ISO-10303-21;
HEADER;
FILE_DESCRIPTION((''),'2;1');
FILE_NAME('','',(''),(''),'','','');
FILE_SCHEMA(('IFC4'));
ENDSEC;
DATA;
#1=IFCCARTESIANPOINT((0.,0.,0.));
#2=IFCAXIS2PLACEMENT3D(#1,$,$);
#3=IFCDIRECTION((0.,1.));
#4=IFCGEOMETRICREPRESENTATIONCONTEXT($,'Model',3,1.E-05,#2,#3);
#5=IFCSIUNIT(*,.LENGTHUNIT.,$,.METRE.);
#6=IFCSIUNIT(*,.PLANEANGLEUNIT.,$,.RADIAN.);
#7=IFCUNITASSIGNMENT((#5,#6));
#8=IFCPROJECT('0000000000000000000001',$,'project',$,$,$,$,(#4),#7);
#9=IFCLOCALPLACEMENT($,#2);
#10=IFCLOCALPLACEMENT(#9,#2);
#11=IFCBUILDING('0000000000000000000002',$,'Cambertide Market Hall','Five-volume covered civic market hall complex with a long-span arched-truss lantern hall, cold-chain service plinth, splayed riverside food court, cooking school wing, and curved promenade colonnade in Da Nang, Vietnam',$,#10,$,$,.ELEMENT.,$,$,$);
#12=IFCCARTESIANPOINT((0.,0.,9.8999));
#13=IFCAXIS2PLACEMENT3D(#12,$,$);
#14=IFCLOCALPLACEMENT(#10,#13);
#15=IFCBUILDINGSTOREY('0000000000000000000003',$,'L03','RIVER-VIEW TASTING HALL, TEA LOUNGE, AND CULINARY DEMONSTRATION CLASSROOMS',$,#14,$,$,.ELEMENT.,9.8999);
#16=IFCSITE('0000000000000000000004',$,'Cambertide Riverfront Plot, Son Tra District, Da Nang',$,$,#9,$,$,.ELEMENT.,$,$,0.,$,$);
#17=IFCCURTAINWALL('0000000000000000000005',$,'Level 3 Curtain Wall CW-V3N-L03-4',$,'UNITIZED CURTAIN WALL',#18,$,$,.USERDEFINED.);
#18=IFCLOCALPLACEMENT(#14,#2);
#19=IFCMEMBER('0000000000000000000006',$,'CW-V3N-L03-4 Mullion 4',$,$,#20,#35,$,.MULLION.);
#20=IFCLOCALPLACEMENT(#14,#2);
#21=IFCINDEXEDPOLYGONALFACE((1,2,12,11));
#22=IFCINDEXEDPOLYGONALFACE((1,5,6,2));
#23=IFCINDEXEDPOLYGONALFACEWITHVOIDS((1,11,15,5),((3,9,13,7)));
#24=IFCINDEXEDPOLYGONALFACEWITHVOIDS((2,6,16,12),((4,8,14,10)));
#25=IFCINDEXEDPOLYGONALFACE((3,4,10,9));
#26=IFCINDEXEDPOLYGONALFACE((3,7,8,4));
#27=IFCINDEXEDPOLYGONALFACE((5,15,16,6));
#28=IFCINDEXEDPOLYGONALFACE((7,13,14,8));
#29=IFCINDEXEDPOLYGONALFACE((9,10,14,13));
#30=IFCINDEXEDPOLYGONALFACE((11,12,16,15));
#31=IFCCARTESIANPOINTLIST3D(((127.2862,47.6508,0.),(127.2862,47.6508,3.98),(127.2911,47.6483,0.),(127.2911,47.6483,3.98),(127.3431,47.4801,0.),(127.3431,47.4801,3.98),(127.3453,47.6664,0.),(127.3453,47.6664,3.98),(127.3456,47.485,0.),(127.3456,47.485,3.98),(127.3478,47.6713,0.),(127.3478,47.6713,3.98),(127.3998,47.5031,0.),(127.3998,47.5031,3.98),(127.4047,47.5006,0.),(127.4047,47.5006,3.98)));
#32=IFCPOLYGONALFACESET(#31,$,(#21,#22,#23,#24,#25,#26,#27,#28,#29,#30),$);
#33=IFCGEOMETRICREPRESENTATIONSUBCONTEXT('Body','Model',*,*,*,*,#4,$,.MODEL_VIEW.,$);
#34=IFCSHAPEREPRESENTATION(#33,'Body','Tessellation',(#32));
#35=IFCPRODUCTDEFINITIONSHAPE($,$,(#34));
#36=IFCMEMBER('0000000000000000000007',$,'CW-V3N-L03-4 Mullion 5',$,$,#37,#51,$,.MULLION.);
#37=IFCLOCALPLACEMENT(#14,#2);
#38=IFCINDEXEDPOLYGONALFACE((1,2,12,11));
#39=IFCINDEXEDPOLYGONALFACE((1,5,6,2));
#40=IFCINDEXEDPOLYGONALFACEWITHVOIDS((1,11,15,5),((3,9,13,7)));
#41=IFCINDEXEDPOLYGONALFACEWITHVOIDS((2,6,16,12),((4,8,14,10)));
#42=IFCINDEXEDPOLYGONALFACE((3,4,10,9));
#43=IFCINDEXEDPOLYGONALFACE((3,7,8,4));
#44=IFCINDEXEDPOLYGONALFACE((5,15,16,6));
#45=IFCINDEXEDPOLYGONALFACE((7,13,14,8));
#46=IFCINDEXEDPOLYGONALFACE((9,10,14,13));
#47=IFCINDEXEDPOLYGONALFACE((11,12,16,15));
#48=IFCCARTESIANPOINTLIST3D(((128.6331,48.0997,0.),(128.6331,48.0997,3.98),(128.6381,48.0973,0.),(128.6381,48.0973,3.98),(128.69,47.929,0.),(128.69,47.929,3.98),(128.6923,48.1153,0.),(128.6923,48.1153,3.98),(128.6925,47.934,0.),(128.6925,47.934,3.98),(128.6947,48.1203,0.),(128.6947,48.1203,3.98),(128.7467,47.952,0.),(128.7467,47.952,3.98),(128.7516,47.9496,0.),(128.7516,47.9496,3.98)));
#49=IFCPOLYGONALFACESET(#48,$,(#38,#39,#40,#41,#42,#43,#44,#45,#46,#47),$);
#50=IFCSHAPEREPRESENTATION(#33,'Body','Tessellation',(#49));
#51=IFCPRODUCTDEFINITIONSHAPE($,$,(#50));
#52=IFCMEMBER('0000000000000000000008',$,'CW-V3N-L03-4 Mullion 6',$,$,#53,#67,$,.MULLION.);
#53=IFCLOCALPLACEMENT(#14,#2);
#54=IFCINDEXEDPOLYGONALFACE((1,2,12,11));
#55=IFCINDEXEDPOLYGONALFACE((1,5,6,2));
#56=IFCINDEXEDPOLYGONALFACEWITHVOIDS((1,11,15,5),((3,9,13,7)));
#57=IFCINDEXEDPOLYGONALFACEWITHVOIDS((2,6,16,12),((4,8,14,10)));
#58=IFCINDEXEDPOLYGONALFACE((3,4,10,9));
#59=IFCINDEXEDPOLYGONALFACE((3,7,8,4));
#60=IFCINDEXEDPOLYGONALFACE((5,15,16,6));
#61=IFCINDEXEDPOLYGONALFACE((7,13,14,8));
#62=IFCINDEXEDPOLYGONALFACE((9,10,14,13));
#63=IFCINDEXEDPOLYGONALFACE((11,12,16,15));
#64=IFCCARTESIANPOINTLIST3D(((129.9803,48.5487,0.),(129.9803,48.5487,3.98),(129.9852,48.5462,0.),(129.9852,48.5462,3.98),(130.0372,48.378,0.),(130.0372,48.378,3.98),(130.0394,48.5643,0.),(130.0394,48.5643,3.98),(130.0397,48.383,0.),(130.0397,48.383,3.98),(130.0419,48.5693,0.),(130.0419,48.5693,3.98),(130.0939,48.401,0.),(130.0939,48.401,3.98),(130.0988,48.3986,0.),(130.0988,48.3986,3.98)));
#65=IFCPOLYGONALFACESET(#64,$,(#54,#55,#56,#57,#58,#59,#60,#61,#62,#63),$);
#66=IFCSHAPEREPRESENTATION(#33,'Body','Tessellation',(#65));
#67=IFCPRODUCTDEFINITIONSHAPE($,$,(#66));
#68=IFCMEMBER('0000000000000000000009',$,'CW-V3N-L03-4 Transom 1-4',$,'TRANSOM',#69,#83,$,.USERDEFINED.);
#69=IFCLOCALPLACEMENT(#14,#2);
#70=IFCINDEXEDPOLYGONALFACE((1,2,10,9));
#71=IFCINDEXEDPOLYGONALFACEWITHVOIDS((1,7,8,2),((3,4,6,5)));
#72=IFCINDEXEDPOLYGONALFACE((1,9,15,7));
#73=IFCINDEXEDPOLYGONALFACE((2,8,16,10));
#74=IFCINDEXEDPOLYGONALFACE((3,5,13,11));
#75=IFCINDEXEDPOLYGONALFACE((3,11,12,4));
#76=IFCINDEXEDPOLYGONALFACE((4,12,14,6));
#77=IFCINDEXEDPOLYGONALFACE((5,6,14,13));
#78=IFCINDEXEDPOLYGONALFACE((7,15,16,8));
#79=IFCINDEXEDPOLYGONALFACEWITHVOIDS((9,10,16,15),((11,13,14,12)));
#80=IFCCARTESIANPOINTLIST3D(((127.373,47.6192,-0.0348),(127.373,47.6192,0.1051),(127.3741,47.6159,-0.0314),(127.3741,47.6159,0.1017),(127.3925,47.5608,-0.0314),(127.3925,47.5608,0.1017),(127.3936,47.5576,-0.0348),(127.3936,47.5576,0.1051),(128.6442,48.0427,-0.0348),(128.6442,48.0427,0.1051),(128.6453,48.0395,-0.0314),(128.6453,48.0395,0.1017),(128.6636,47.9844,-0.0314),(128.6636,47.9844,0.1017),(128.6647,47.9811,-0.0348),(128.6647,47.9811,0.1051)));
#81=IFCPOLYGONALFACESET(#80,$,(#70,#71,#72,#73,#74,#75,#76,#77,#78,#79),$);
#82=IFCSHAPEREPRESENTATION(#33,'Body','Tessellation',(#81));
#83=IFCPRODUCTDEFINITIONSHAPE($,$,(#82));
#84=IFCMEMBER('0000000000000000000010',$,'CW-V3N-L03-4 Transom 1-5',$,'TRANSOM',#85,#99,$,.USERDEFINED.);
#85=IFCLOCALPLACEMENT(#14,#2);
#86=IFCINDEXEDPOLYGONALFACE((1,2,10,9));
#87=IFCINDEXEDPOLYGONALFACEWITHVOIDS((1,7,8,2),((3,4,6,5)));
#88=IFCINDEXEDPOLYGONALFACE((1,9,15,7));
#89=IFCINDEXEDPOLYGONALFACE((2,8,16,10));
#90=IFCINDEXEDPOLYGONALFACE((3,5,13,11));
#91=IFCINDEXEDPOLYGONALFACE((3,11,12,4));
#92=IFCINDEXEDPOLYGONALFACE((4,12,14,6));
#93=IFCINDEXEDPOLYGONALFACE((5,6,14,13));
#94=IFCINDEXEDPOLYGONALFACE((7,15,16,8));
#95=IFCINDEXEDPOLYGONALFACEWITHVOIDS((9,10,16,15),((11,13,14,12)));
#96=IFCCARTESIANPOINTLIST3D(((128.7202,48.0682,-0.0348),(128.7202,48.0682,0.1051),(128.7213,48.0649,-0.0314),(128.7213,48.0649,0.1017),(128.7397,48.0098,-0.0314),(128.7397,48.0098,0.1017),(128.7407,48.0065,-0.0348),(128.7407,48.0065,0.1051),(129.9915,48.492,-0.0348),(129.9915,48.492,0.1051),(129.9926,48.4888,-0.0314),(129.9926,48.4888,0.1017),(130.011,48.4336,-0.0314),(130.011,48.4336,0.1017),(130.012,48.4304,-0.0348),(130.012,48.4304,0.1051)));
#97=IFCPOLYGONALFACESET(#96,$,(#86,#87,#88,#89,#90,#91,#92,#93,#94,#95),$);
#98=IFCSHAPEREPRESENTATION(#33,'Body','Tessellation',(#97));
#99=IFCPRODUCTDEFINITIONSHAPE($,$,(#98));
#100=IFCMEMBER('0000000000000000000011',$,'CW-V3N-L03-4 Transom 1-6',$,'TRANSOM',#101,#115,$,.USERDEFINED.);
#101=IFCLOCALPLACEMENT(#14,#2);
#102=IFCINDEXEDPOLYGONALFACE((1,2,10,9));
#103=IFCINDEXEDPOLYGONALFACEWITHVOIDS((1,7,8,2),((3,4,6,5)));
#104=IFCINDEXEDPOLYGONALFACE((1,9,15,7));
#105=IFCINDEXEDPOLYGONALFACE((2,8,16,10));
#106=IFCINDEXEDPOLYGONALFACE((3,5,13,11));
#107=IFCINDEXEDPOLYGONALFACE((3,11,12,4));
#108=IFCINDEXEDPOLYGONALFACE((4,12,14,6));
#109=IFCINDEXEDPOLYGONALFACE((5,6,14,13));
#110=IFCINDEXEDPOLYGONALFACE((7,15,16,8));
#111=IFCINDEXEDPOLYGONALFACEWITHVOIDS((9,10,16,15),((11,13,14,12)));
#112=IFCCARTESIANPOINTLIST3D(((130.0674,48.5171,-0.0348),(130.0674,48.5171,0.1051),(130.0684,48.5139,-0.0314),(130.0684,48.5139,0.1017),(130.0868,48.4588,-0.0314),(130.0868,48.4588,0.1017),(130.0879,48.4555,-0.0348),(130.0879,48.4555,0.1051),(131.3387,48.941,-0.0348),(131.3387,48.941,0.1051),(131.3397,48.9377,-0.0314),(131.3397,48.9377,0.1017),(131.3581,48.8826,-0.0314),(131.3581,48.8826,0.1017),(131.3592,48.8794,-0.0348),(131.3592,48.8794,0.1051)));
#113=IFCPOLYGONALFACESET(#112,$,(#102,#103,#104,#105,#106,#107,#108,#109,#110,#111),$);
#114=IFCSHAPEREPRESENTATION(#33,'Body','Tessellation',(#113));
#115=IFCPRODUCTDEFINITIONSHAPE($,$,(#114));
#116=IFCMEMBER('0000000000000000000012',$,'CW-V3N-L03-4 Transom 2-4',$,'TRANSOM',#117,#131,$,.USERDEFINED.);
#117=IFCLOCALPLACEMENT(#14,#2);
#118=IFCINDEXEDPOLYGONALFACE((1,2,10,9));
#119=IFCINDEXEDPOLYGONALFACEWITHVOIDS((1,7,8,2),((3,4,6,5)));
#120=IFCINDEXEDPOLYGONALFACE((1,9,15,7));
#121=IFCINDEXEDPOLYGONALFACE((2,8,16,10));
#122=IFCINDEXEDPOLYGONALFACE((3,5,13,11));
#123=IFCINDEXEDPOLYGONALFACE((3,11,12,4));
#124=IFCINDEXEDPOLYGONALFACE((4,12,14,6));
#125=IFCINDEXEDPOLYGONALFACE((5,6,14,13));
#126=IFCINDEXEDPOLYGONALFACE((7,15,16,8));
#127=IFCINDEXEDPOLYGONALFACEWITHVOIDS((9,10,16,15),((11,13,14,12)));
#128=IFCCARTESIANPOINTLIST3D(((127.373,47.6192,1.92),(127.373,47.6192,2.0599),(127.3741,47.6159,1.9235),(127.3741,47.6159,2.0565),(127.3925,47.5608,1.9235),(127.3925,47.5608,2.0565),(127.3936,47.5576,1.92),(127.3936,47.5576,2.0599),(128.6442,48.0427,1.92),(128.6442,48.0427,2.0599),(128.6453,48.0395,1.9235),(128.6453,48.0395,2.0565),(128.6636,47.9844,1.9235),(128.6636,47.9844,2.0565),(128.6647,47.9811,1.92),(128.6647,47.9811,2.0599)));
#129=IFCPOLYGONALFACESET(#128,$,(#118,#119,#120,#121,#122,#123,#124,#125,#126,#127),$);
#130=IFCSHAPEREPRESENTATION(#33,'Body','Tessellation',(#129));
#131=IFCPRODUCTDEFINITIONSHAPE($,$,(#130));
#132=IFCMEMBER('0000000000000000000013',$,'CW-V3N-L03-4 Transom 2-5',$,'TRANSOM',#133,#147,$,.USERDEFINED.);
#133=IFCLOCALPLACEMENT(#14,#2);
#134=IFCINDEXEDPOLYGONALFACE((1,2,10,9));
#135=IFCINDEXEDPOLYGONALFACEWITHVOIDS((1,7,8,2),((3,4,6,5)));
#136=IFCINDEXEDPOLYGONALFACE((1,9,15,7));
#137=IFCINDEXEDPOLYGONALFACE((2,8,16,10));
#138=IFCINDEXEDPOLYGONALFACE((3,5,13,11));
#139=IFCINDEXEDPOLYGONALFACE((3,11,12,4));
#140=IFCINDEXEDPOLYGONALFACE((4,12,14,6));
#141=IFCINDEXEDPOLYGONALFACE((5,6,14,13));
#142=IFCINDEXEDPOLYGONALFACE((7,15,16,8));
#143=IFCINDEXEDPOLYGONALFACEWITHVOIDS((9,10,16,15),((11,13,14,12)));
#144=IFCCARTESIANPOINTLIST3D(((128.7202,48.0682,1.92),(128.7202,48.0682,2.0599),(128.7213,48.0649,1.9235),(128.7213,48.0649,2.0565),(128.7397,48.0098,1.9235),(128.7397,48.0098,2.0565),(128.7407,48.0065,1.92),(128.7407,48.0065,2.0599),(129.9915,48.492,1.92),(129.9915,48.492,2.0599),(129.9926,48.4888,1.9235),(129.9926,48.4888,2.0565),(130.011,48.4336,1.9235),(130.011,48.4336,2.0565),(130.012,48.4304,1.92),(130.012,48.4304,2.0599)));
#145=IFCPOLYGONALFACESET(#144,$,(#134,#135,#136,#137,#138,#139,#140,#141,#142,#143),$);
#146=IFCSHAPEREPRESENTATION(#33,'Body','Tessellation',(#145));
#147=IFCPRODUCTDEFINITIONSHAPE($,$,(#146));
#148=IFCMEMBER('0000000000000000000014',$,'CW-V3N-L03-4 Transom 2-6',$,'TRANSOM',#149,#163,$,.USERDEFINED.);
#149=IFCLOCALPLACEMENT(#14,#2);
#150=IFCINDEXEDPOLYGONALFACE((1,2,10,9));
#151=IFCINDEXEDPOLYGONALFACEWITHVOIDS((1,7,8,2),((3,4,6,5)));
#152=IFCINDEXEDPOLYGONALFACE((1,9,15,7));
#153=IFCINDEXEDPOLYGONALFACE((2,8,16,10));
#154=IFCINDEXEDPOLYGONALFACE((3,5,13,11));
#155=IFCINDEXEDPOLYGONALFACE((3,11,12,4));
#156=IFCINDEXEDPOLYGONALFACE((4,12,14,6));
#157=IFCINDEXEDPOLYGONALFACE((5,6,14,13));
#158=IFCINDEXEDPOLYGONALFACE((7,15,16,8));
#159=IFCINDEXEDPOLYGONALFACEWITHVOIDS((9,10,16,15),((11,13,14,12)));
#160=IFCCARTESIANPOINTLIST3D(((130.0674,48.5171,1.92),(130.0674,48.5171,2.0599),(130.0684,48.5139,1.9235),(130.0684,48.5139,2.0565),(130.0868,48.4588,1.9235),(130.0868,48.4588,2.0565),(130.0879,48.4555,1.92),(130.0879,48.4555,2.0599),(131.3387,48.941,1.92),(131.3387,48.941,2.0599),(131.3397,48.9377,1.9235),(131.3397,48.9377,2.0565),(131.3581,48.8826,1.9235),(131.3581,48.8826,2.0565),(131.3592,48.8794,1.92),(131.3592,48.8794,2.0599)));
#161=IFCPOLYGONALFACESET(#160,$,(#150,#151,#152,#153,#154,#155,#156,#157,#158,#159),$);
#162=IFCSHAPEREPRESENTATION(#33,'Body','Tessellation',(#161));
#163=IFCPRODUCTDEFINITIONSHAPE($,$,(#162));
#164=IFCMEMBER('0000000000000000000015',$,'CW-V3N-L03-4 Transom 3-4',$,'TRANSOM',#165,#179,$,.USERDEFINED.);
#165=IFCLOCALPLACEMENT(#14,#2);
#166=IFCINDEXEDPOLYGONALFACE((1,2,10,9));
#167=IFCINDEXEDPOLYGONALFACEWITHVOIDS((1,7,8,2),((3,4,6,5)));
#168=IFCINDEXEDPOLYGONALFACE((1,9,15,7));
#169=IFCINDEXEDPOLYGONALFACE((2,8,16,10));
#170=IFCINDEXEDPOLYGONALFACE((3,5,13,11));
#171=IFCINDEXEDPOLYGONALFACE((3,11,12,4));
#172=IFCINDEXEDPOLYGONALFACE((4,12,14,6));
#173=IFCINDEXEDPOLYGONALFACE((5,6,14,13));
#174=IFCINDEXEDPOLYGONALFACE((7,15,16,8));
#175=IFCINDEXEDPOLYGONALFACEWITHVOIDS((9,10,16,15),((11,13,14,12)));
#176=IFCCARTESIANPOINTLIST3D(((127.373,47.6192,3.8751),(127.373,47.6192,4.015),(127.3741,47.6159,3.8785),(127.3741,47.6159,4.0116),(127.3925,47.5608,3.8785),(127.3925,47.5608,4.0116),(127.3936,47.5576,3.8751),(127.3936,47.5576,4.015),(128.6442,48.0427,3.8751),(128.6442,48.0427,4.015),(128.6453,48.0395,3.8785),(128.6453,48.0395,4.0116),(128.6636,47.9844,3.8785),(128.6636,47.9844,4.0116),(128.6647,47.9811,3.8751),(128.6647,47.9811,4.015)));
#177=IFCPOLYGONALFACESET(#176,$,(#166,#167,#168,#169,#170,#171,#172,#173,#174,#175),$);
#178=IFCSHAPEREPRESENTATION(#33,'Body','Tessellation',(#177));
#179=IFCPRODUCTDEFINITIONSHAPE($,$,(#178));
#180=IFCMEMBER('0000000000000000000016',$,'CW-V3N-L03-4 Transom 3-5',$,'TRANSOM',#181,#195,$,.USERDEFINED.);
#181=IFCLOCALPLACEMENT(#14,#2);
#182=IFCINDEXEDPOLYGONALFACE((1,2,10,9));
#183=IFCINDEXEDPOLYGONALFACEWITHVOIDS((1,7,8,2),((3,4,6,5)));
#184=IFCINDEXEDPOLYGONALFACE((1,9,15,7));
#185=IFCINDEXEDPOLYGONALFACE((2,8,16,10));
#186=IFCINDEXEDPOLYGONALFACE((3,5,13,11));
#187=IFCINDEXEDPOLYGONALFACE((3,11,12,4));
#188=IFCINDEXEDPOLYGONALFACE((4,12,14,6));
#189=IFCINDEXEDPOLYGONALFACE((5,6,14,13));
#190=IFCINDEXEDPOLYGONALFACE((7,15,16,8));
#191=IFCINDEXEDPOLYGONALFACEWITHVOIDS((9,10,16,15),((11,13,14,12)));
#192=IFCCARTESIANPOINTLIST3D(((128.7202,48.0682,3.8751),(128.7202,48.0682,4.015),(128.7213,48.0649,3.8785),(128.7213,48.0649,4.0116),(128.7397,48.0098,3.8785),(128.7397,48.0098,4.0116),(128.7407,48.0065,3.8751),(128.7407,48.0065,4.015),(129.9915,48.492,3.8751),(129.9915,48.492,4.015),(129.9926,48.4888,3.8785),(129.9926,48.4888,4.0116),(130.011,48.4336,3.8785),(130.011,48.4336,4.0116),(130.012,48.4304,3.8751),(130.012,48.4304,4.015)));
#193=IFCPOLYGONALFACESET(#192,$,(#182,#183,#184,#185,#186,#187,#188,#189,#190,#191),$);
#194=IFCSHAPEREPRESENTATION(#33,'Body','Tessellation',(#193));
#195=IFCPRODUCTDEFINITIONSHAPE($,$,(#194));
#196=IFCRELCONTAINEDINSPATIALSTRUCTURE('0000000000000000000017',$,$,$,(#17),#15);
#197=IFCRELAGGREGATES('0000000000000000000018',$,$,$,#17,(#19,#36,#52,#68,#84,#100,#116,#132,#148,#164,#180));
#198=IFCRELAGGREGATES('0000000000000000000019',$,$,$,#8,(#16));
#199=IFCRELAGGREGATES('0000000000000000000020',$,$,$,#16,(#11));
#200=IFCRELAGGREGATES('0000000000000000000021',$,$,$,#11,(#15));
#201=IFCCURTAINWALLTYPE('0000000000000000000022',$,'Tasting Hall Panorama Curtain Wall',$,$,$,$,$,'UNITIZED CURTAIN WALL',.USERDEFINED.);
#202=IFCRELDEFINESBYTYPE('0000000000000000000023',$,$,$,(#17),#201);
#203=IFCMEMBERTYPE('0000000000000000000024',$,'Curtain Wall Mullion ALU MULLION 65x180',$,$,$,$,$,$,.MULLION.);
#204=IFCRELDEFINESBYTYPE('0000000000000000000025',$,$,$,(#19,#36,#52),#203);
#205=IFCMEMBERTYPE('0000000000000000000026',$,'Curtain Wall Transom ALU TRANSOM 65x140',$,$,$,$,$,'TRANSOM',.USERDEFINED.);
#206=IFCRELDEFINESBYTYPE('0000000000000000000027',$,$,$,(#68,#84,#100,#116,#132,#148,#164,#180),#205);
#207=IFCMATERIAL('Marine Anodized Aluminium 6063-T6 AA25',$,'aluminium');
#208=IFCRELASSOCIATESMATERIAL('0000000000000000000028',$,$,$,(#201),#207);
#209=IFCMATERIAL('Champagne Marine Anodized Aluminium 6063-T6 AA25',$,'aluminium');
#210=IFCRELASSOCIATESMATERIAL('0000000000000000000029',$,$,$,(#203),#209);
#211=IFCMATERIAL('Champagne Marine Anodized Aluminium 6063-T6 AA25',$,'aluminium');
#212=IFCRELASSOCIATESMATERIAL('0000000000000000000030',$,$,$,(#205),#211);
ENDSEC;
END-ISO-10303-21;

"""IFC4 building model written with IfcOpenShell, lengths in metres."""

from ifc_helpers import new_model, si_unit, direction, frame, origin, origin_2d, place, context, subcontext, project, spatial, hollow_rectangle, extrude, material, material_profile, profile_set, type_object, element, aggregate, save


model = new_model("IFC4")

# Units and contexts
model_context = context("Model", 3, precision=1e-05, world=origin(), true_north=direction((0.0, 1.0)))
body_context = subcontext(model_context, "Body", "Model", "MODEL_VIEW")
ifc_project = project(units=[si_unit("LENGTHUNIT", "METRE"), si_unit("PLANEANGLEUNIT", "RADIAN")], contexts=[model_context])

# Site, building, storey
site_placement = place(None, origin())
site = spatial("IfcSite", under=ifc_project, at=site_placement, Name="Cambertide Riverfront Plot, Son Tra District, Da Nang", CompositionType="ELEMENT", RefElevation=0.0)
building_placement = place(site_placement, origin())
building = spatial("IfcBuilding", under=site, at=building_placement, Name="Cambertide Market Hall", Description="Five-volume covered civic market hall complex with a long-span arched-truss lantern hall, cold-chain service plinth, splayed riverside food court, cooking school wing, and curved promenade colonnade in Da Nang, Vietnam", CompositionType="ELEMENT")
storey_placement = place(building_placement, frame((0.0, 0.0, 9.8999)))
storey = spatial("IfcBuildingStorey", under=building, at=storey_placement, Name="L03", Description="RIVER-VIEW TASTING HALL, TEA LOUNGE, AND CULINARY DEMONSTRATION CLASSROOMS", CompositionType="ELEMENT", Elevation=9.8999)

# Curtain wall, members
ifc_material_1 = material(Name="Marine Anodized Aluminium 6063-T6 AA25", Category="aluminium")
curtain_wall_type = type_object("IfcCurtainWallType", Name="Tasting Hall Panorama Curtain Wall", ElementType="UNITIZED CURTAIN WALL", PredefinedType="USERDEFINED", material=ifc_material_1)
curtain_wall_placement = place(storey_placement, origin())
curtain_wall = element("IfcCurtainWall", 1, at=curtain_wall_placement, inside=storey, type_object=curtain_wall_type, Name="Level 3 Curtain Wall CW-V3N-L03-4", ObjectType="UNITIZED CURTAIN WALL", PredefinedType="USERDEFINED")
ifc_material_2 = material(Name="Champagne Marine Anodized Aluminium 6063-T6 AA25", Category="aluminium")
ifc_material_profile_1 = material_profile(ifc_material_2, hollow_rectangle(XDim=0.0649, YDim=0.1799, WallThickness=0.0039, at=origin_2d()), Name="ALU MULLION 65x180")
ifc_profile_set_1 = profile_set([ifc_material_profile_1], Name="Champagne Marine Anodized Aluminium 6063-T6 AA25")
member_type_1 = type_object("IfcMemberType", Name="Curtain Wall Mullion ALU MULLION 65x180", PredefinedType="MULLION", material=ifc_profile_set_1)
member_1_placement = place(storey_placement, frame((127.3455, 47.5757, 0.0), z_axis=(0.0, 0.0, 1.0), x_axis=(0.948683, 0.316228, 0.0)))
member_1 = element("IfcMember", 2, at=member_1_placement, type_object=member_type_1, Name="CW-V3N-L03-4 Mullion 4", PredefinedType="MULLION", context=body_context, shape_type="SweptSolid", body=[
    extrude(hollow_rectangle(XDim=0.0649, YDim=0.1799, WallThickness=0.0039, at=origin_2d()), origin(), (0.0, 0.0, 1.0), 3.98),
])
member_2_placement = place(storey_placement, frame((128.6924, 48.0247, 0.0), z_axis=(0.0, 0.0, 1.0), x_axis=(0.948683, 0.316228, 0.0)))
member_2 = element("IfcMember", 3, at=member_2_placement, type_object=member_type_1, Name="CW-V3N-L03-4 Mullion 5", PredefinedType="MULLION", context=body_context, shape_type="SweptSolid", body=[
    extrude(hollow_rectangle(XDim=0.0649, YDim=0.1799, WallThickness=0.0039, at=origin_2d()), origin(), (0.0, 0.0, 1.0), 3.98),
])
member_3_placement = place(storey_placement, frame((130.0396, 48.4736, 0.0), z_axis=(0.0, 0.0, 1.0), x_axis=(0.948683, 0.316228, 0.0)))
member_3 = element("IfcMember", 4, at=member_3_placement, type_object=member_type_1, Name="CW-V3N-L03-4 Mullion 6", PredefinedType="MULLION", context=body_context, shape_type="SweptSolid", body=[
    extrude(hollow_rectangle(XDim=0.0649, YDim=0.1799, WallThickness=0.0039, at=origin_2d()), origin(), (0.0, 0.0, 1.0), 3.98),
])
ifc_material_3 = material(Name="Champagne Marine Anodized Aluminium 6063-T6 AA25", Category="aluminium")
ifc_material_profile_2 = material_profile(ifc_material_3, hollow_rectangle(XDim=0.0649, YDim=0.1399, WallThickness=0.0034, at=origin_2d()), Name="ALU TRANSOM 65x140")
ifc_profile_set_2 = profile_set([ifc_material_profile_2], Name="Champagne Marine Anodized Aluminium 6063-T6 AA25")
member_type_2 = type_object("IfcMemberType", Name="Curtain Wall Transom ALU TRANSOM 65x140", ElementType="TRANSOM", PredefinedType="USERDEFINED", material=ifc_profile_set_2)
member_4_placement = place(storey_placement, frame((127.3833, 47.5884, 0.0352), z_axis=(0.94872, 0.316118, 0.0), x_axis=(-0.316118, 0.94872, 0.0)))
member_4 = element("IfcMember", 5, at=member_4_placement, type_object=member_type_2, Name="CW-V3N-L03-4 Transom 1-4", ObjectType="TRANSOM", PredefinedType="USERDEFINED", context=body_context, shape_type="SweptSolid", body=[
    extrude(hollow_rectangle(XDim=0.0649, YDim=0.1399, WallThickness=0.0034, at=origin_2d()), origin(), (0.0, 0.0, 1.0), 1.3398),
])
member_5_placement = place(storey_placement, frame((128.7305, 48.0374, 0.0352), z_axis=(0.948665, 0.316282, 0.0), x_axis=(-0.316282, 0.948665, 0.0)))
member_5 = element("IfcMember", 6, at=member_5_placement, type_object=member_type_2, Name="CW-V3N-L03-4 Transom 1-5", ObjectType="TRANSOM", PredefinedType="USERDEFINED", context=body_context, shape_type="SweptSolid", body=[
    extrude(hollow_rectangle(XDim=0.0649, YDim=0.1399, WallThickness=0.0034, at=origin_2d()), origin(), (0.0, 0.0, 1.0), 1.3401),
])
member_6_placement = place(storey_placement, frame((130.0776, 48.4863, 0.0352), z_axis=(0.948665, 0.316282, 0.0), x_axis=(-0.316282, 0.948665, 0.0)))
member_6 = element("IfcMember", 7, at=member_6_placement, type_object=member_type_2, Name="CW-V3N-L03-4 Transom 1-6", ObjectType="TRANSOM", PredefinedType="USERDEFINED", context=body_context, shape_type="SweptSolid", body=[
    extrude(hollow_rectangle(XDim=0.0649, YDim=0.1399, WallThickness=0.0034, at=origin_2d()), origin(), (0.0, 0.0, 1.0), 1.3401),
])
member_7_placement = place(storey_placement, frame((127.3833, 47.5884, 1.99), z_axis=(0.94872, 0.316118, 0.0), x_axis=(-0.316118, 0.94872, 0.0)))
member_7 = element("IfcMember", 8, at=member_7_placement, type_object=member_type_2, Name="CW-V3N-L03-4 Transom 2-4", ObjectType="TRANSOM", PredefinedType="USERDEFINED", context=body_context, shape_type="SweptSolid", body=[
    extrude(hollow_rectangle(XDim=0.0649, YDim=0.1399, WallThickness=0.0034, at=origin_2d()), origin(), (0.0, 0.0, 1.0), 1.3398),
])
member_8_placement = place(storey_placement, frame((128.7305, 48.0374, 1.99), z_axis=(0.948665, 0.316282, 0.0), x_axis=(-0.316282, 0.948665, 0.0)))
member_8 = element("IfcMember", 9, at=member_8_placement, type_object=member_type_2, Name="CW-V3N-L03-4 Transom 2-5", ObjectType="TRANSOM", PredefinedType="USERDEFINED", context=body_context, shape_type="SweptSolid", body=[
    extrude(hollow_rectangle(XDim=0.0649, YDim=0.1399, WallThickness=0.0034, at=origin_2d()), origin(), (0.0, 0.0, 1.0), 1.3401),
])
member_9_placement = place(storey_placement, frame((130.0776, 48.4863, 1.99), z_axis=(0.948665, 0.316282, 0.0), x_axis=(-0.316282, 0.948665, 0.0)))
member_9 = element("IfcMember", 10, at=member_9_placement, type_object=member_type_2, Name="CW-V3N-L03-4 Transom 2-6", ObjectType="TRANSOM", PredefinedType="USERDEFINED", context=body_context, shape_type="SweptSolid", body=[
    extrude(hollow_rectangle(XDim=0.0649, YDim=0.1399, WallThickness=0.0034, at=origin_2d()), origin(), (0.0, 0.0, 1.0), 1.3401),
])
member_10_placement = place(storey_placement, frame((127.3833, 47.5884, 3.9451), z_axis=(0.94872, 0.316118, 0.0), x_axis=(-0.316118, 0.94872, 0.0)))
member_10 = element("IfcMember", 11, at=member_10_placement, type_object=member_type_2, Name="CW-V3N-L03-4 Transom 3-4", ObjectType="TRANSOM", PredefinedType="USERDEFINED", context=body_context, shape_type="SweptSolid", body=[
    extrude(hollow_rectangle(XDim=0.0649, YDim=0.1399, WallThickness=0.0034, at=origin_2d()), origin(), (0.0, 0.0, 1.0), 1.3398),
])
member_11_placement = place(storey_placement, frame((128.7305, 48.0374, 3.9451), z_axis=(0.948665, 0.316282, 0.0), x_axis=(-0.316282, 0.948665, 0.0)))
member_11 = element("IfcMember", 12, at=member_11_placement, type_object=member_type_2, Name="CW-V3N-L03-4 Transom 3-5", ObjectType="TRANSOM", PredefinedType="USERDEFINED", context=body_context, shape_type="SweptSolid", body=[
    extrude(hollow_rectangle(XDim=0.0649, YDim=0.1399, WallThickness=0.0034, at=origin_2d()), origin(), (0.0, 0.0, 1.0), 1.3401),
])
aggregate(curtain_wall, [member_1, member_2, member_3, member_4, member_5, member_6, member_7, member_8, member_9, member_10, member_11])

save(model, "model.ifc")
